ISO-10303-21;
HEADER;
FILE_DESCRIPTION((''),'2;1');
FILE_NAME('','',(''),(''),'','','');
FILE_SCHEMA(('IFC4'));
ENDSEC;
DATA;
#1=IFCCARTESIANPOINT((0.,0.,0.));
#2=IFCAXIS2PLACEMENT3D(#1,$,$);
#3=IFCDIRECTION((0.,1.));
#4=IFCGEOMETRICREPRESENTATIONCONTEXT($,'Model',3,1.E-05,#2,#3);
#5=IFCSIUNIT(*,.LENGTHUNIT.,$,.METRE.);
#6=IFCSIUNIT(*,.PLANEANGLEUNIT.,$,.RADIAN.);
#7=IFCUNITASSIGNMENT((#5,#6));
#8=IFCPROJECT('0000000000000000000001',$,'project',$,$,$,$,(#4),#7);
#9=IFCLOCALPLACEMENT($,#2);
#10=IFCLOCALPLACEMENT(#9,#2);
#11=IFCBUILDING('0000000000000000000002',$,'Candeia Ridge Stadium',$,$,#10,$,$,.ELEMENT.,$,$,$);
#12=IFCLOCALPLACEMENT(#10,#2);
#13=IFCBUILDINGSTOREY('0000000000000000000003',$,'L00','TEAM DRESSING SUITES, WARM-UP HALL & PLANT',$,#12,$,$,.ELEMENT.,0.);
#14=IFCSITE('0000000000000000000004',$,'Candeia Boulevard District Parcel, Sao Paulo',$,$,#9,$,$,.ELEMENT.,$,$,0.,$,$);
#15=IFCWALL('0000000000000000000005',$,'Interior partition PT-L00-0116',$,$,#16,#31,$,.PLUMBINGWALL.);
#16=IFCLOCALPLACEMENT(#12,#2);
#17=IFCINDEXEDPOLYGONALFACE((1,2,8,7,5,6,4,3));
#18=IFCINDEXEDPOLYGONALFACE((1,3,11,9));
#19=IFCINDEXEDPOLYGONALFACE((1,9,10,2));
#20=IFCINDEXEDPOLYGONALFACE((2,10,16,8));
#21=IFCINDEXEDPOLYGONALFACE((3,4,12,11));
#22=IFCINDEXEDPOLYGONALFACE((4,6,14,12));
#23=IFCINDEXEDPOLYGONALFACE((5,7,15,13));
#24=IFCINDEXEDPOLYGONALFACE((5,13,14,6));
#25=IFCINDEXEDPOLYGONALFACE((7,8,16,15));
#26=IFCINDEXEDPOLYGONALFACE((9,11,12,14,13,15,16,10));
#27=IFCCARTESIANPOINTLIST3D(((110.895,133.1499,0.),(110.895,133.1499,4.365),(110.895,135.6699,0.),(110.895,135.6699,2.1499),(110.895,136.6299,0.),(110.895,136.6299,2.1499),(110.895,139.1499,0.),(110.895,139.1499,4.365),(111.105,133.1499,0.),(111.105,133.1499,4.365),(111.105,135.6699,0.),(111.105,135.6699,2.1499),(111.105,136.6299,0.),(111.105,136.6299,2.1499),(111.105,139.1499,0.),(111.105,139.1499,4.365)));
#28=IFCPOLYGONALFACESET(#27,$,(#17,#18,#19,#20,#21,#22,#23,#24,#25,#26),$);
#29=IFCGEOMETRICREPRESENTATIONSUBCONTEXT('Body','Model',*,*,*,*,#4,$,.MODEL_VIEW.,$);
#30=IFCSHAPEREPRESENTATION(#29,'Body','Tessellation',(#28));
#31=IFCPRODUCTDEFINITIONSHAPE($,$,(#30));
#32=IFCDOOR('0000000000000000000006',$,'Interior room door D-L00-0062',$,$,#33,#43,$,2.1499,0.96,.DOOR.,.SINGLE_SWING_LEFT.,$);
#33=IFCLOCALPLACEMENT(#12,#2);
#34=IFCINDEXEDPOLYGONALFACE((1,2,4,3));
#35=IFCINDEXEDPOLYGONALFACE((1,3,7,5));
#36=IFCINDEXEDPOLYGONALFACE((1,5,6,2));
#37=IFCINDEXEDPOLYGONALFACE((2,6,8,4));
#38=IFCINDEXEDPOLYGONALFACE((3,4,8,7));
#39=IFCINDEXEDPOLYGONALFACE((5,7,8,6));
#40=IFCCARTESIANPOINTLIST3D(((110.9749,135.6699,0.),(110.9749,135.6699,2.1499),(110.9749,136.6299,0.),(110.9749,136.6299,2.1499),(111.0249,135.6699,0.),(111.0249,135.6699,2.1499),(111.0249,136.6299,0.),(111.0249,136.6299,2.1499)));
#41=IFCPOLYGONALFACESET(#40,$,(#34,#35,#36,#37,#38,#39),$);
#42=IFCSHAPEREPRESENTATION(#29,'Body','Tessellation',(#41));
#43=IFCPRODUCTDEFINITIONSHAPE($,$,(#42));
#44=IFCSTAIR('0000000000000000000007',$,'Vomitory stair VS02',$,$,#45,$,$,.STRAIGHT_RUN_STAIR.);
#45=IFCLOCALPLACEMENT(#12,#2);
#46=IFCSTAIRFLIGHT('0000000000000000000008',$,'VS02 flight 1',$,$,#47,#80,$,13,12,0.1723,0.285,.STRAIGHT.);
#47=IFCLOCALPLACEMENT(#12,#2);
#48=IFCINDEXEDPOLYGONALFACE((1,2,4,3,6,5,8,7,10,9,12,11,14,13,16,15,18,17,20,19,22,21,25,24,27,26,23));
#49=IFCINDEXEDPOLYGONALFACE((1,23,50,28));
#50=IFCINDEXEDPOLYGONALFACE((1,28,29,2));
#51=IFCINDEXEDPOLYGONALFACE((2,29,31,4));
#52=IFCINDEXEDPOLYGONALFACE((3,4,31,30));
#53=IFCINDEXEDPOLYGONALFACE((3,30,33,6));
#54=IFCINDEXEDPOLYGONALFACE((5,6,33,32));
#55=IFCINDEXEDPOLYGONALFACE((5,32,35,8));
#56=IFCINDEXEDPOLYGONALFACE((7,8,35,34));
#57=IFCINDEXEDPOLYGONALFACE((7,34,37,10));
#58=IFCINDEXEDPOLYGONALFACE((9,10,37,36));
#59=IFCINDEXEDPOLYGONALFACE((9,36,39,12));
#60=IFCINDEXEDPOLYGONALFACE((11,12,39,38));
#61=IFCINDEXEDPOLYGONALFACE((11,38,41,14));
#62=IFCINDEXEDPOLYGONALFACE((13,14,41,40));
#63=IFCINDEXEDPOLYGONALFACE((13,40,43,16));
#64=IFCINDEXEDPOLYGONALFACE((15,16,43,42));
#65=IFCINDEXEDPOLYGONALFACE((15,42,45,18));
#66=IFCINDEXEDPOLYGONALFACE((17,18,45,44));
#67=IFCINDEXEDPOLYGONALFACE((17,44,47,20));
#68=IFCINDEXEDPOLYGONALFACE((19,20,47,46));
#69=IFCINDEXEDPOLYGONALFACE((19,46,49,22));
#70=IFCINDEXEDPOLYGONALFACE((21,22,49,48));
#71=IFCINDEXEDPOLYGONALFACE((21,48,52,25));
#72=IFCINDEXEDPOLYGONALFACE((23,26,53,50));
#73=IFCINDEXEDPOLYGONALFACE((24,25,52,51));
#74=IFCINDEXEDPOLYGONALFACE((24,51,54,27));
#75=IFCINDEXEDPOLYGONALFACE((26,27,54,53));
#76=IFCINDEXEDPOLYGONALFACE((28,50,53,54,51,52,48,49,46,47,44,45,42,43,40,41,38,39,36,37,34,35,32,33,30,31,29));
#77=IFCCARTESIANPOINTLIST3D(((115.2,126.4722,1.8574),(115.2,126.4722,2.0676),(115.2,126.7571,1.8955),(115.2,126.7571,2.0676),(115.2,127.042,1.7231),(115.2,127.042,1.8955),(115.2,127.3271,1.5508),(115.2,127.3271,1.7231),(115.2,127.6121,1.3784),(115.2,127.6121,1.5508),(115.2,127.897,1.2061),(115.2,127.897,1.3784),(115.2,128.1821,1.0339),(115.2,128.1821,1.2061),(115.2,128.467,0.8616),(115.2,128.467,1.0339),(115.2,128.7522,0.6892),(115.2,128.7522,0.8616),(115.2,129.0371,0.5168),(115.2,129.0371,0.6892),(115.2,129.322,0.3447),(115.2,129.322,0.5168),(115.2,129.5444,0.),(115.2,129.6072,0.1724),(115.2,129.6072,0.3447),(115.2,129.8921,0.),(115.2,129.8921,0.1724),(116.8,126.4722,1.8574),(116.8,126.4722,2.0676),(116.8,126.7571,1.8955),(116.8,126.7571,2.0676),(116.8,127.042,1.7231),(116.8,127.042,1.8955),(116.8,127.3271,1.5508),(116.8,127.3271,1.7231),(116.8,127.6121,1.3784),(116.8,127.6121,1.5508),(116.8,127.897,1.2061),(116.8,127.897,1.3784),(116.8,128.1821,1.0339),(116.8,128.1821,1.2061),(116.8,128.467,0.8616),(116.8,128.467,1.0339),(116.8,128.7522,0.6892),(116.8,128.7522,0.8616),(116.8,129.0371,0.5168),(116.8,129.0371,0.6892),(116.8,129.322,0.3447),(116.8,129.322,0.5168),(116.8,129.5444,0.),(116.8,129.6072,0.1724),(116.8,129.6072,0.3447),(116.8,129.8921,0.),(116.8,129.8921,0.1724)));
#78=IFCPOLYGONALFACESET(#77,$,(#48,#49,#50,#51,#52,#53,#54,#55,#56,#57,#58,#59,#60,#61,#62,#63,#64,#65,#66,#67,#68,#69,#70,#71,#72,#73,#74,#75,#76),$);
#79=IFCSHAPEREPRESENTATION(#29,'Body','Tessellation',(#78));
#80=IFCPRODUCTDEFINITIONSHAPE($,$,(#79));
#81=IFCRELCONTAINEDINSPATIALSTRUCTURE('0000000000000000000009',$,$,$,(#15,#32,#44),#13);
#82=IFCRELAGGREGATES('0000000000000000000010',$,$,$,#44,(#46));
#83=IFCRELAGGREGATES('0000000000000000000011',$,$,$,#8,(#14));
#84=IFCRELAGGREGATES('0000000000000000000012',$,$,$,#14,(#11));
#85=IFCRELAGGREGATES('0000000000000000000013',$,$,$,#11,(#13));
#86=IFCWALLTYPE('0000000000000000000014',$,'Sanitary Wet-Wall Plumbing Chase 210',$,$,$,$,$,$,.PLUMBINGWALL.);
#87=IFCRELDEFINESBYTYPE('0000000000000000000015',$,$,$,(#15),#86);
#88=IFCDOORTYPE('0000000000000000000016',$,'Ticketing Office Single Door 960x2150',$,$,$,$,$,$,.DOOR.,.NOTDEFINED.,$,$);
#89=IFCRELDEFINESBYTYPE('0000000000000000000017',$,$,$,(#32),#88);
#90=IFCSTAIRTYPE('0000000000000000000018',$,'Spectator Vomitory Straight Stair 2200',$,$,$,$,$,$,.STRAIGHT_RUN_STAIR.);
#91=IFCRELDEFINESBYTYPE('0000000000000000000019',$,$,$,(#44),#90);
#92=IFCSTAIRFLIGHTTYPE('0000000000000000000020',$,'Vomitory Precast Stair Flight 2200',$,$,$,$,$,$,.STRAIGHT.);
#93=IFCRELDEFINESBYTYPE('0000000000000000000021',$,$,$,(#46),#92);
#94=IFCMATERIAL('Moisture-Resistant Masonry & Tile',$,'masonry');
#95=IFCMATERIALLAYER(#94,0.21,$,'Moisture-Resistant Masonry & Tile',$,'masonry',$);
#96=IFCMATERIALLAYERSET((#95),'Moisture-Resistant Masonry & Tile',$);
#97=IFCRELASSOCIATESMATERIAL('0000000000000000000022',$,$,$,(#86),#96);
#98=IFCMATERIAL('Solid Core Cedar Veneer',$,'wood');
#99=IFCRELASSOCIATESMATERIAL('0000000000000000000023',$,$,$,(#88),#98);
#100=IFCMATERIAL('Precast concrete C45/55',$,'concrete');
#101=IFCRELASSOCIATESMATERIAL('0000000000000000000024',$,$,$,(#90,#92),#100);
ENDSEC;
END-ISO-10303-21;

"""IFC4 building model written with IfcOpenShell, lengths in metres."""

from ifc_helpers import new_model, si_unit, direction, frame, frame_2d, origin, place, context, subcontext, project, spatial, polyline, rectangle, outline, extrude, material, layer, layer_set, type_object, element, fill, aggregate, save


model = new_model("IFC4")

# Units and contexts
model_context = context("Model", 3, precision=1e-05, world=origin(), true_north=direction((0.0, 1.0)))
body_context = subcontext(model_context, "Body", "Model", "MODEL_VIEW")
ifc_project = project(units=[si_unit("LENGTHUNIT", "METRE"), si_unit("PLANEANGLEUNIT", "RADIAN")], contexts=[model_context])

# Site, building, storey
site_placement = place(None, origin())
site = spatial("IfcSite", under=ifc_project, at=site_placement, Name="Candeia Boulevard District Parcel, Sao Paulo", CompositionType="ELEMENT", RefElevation=0.0)
building_placement = place(site_placement, origin())
building = spatial("IfcBuilding", under=site, at=building_placement, Name="Candeia Ridge Stadium", CompositionType="ELEMENT")
storey_placement = place(building_placement, origin())
storey = spatial("IfcBuildingStorey", under=building, at=storey_placement, Name="L00", Description="TEAM DRESSING SUITES, WARM-UP HALL & PLANT", CompositionType="ELEMENT", Elevation=0.0)

# Wall, opening, door
ifc_material_1 = material(Name="Moisture-Resistant Masonry & Tile", Category="masonry")
ifc_layer_1 = layer(ifc_material_1, 0.21, Name="Moisture-Resistant Masonry & Tile", Category="masonry")
ifc_layer_set_1 = layer_set([ifc_layer_1], Name="Moisture-Resistant Masonry & Tile")
wall_type_1 = type_object("IfcWallType", Name="Sanitary Wet-Wall Plumbing Chase 210", PredefinedType="PLUMBINGWALL", material=ifc_layer_set_1)
wall_1_placement = place(storey_placement, frame((111.0, 133.1499, 0.0), z_axis=(0.0, 0.0, 1.0), x_axis=(0.0, 1.0, 0.0)))
wall_1 = element("IfcWall", 1, at=wall_1_placement, inside=storey, type_object=wall_type_1, Name="Interior partition PT-L00-0116", PredefinedType="PLUMBINGWALL", context=body_context, shape_type="SweptSolid", body=[
    extrude(rectangle(XDim=6.0, YDim=0.21, at=frame_2d((3.0, 0.0))), origin(), (0.0, 0.0, 1.0), 4.365),
])
opening_1_placement = place(wall_1_placement, frame((2.52, 0.0, 0.0)))
opening_1 = element("IfcOpeningElement", 2, at=opening_1_placement, cuts=wall_1, PredefinedType="OPENING", context=body_context, shape_type="SweptSolid", body=[
    extrude(rectangle(XDim=0.96, YDim=2.1499, at=frame_2d((0.48, 1.075))), frame((0.0, 0.115, 0.0), z_axis=(0.0, -1.0, 0.0), x_axis=(1.0, 0.0, 0.0)), (0.0, 0.0, 1.0), 0.23),
])
ifc_material_2 = material(Name="Solid Core Cedar Veneer", Category="wood")
door_type_1 = type_object("IfcDoorType", Name="Ticketing Office Single Door 960x2150", OperationType="NOTDEFINED", PredefinedType="DOOR", material=ifc_material_2)
door_1_placement = place(opening_1_placement, frame((0.96, 0.0, 0.0), z_axis=(0.0, 0.0, 1.0), x_axis=(-1.0, 0.0, 0.0)))
door_1 = element("IfcDoor", 3, at=door_1_placement, inside=storey, type_object=door_type_1, Name="Interior room door D-L00-0062", OperationType="SINGLE_SWING_LEFT", OverallHeight=2.1499, OverallWidth=0.96, PredefinedType="DOOR", context=body_context, shape_type="SweptSolid", body=[
    extrude(rectangle(XDim=0.96, YDim=2.1499, at=frame_2d((0.48, 1.075))), frame((0.0, 0.0249, 0.0), z_axis=(0.0, -1.0, 0.0), x_axis=(1.0, 0.0, 0.0)), (0.0, 0.0, 1.0), 0.05),
])
fill(opening_1, door_1)

# Stair, stair flight
ifc_material_3 = material(Name="Precast concrete C45/55", Category="concrete")
stair_type = type_object("IfcStairType", Name="Spectator Vomitory Straight Stair 2200", PredefinedType="STRAIGHT_RUN_STAIR", material=ifc_material_3)
stair_placement = place(storey_placement, origin())
stair = element("IfcStair", 4, at=stair_placement, inside=storey, type_object=stair_type, Name="Vomitory stair VS02", PredefinedType="STRAIGHT_RUN_STAIR")
stair_flight_type = type_object("IfcStairFlightType", Name="Vomitory Precast Stair Flight 2200", PredefinedType="STRAIGHT", material=ifc_material_3)
stair_flight_placement = place(storey_placement, frame((116.0, 129.8921, 0.0), z_axis=(0.0, 0.0, 1.0), x_axis=(0.0, -1.0, 0.0)))
stair_flight = element("IfcStairFlight", 5, at=stair_flight_placement, type_object=stair_flight_type, Name="VS02 flight 1", NumberOfRisers=13, NumberOfTreads=12, PredefinedType="STRAIGHT", RiserHeight=0.1723, TreadLength=0.285, context=body_context, shape_type="SweptSolid", body=[
    extrude(outline(polyline([(0.0, 0.0), (0.0, 0.1724), (0.2849, 0.1724), (0.2849, 0.3447), (0.5701, 0.3447), (0.5701, 0.5168), (0.855, 0.5168), (0.855, 0.6892), (1.1399, 0.6892), (1.1399, 0.8616), (1.425, 0.8616), (1.425, 1.0339), (1.71, 1.0339), (1.71, 1.2061), (1.9951, 1.2061), (1.9951, 1.3784), (2.28, 1.3784), (2.28, 1.5508), (2.5649, 1.5508), (2.5649, 1.7231), (2.8501, 1.7231), (2.8501, 1.8955), (3.135, 1.8955), (3.135, 2.0676), (3.4199, 2.0676), (3.4199, 2.24), (3.4199, 1.8574), (0.3477, 0.0), (0.0, 0.0)])), frame((0.0, 0.8, 0.0), z_axis=(0.0, -1.0, 0.0), x_axis=(1.0, 0.0, 0.0)), (0.0, 0.0, 1.0), 1.6001),
])
aggregate(stair, [stair_flight])

save(model, "model.ifc")
